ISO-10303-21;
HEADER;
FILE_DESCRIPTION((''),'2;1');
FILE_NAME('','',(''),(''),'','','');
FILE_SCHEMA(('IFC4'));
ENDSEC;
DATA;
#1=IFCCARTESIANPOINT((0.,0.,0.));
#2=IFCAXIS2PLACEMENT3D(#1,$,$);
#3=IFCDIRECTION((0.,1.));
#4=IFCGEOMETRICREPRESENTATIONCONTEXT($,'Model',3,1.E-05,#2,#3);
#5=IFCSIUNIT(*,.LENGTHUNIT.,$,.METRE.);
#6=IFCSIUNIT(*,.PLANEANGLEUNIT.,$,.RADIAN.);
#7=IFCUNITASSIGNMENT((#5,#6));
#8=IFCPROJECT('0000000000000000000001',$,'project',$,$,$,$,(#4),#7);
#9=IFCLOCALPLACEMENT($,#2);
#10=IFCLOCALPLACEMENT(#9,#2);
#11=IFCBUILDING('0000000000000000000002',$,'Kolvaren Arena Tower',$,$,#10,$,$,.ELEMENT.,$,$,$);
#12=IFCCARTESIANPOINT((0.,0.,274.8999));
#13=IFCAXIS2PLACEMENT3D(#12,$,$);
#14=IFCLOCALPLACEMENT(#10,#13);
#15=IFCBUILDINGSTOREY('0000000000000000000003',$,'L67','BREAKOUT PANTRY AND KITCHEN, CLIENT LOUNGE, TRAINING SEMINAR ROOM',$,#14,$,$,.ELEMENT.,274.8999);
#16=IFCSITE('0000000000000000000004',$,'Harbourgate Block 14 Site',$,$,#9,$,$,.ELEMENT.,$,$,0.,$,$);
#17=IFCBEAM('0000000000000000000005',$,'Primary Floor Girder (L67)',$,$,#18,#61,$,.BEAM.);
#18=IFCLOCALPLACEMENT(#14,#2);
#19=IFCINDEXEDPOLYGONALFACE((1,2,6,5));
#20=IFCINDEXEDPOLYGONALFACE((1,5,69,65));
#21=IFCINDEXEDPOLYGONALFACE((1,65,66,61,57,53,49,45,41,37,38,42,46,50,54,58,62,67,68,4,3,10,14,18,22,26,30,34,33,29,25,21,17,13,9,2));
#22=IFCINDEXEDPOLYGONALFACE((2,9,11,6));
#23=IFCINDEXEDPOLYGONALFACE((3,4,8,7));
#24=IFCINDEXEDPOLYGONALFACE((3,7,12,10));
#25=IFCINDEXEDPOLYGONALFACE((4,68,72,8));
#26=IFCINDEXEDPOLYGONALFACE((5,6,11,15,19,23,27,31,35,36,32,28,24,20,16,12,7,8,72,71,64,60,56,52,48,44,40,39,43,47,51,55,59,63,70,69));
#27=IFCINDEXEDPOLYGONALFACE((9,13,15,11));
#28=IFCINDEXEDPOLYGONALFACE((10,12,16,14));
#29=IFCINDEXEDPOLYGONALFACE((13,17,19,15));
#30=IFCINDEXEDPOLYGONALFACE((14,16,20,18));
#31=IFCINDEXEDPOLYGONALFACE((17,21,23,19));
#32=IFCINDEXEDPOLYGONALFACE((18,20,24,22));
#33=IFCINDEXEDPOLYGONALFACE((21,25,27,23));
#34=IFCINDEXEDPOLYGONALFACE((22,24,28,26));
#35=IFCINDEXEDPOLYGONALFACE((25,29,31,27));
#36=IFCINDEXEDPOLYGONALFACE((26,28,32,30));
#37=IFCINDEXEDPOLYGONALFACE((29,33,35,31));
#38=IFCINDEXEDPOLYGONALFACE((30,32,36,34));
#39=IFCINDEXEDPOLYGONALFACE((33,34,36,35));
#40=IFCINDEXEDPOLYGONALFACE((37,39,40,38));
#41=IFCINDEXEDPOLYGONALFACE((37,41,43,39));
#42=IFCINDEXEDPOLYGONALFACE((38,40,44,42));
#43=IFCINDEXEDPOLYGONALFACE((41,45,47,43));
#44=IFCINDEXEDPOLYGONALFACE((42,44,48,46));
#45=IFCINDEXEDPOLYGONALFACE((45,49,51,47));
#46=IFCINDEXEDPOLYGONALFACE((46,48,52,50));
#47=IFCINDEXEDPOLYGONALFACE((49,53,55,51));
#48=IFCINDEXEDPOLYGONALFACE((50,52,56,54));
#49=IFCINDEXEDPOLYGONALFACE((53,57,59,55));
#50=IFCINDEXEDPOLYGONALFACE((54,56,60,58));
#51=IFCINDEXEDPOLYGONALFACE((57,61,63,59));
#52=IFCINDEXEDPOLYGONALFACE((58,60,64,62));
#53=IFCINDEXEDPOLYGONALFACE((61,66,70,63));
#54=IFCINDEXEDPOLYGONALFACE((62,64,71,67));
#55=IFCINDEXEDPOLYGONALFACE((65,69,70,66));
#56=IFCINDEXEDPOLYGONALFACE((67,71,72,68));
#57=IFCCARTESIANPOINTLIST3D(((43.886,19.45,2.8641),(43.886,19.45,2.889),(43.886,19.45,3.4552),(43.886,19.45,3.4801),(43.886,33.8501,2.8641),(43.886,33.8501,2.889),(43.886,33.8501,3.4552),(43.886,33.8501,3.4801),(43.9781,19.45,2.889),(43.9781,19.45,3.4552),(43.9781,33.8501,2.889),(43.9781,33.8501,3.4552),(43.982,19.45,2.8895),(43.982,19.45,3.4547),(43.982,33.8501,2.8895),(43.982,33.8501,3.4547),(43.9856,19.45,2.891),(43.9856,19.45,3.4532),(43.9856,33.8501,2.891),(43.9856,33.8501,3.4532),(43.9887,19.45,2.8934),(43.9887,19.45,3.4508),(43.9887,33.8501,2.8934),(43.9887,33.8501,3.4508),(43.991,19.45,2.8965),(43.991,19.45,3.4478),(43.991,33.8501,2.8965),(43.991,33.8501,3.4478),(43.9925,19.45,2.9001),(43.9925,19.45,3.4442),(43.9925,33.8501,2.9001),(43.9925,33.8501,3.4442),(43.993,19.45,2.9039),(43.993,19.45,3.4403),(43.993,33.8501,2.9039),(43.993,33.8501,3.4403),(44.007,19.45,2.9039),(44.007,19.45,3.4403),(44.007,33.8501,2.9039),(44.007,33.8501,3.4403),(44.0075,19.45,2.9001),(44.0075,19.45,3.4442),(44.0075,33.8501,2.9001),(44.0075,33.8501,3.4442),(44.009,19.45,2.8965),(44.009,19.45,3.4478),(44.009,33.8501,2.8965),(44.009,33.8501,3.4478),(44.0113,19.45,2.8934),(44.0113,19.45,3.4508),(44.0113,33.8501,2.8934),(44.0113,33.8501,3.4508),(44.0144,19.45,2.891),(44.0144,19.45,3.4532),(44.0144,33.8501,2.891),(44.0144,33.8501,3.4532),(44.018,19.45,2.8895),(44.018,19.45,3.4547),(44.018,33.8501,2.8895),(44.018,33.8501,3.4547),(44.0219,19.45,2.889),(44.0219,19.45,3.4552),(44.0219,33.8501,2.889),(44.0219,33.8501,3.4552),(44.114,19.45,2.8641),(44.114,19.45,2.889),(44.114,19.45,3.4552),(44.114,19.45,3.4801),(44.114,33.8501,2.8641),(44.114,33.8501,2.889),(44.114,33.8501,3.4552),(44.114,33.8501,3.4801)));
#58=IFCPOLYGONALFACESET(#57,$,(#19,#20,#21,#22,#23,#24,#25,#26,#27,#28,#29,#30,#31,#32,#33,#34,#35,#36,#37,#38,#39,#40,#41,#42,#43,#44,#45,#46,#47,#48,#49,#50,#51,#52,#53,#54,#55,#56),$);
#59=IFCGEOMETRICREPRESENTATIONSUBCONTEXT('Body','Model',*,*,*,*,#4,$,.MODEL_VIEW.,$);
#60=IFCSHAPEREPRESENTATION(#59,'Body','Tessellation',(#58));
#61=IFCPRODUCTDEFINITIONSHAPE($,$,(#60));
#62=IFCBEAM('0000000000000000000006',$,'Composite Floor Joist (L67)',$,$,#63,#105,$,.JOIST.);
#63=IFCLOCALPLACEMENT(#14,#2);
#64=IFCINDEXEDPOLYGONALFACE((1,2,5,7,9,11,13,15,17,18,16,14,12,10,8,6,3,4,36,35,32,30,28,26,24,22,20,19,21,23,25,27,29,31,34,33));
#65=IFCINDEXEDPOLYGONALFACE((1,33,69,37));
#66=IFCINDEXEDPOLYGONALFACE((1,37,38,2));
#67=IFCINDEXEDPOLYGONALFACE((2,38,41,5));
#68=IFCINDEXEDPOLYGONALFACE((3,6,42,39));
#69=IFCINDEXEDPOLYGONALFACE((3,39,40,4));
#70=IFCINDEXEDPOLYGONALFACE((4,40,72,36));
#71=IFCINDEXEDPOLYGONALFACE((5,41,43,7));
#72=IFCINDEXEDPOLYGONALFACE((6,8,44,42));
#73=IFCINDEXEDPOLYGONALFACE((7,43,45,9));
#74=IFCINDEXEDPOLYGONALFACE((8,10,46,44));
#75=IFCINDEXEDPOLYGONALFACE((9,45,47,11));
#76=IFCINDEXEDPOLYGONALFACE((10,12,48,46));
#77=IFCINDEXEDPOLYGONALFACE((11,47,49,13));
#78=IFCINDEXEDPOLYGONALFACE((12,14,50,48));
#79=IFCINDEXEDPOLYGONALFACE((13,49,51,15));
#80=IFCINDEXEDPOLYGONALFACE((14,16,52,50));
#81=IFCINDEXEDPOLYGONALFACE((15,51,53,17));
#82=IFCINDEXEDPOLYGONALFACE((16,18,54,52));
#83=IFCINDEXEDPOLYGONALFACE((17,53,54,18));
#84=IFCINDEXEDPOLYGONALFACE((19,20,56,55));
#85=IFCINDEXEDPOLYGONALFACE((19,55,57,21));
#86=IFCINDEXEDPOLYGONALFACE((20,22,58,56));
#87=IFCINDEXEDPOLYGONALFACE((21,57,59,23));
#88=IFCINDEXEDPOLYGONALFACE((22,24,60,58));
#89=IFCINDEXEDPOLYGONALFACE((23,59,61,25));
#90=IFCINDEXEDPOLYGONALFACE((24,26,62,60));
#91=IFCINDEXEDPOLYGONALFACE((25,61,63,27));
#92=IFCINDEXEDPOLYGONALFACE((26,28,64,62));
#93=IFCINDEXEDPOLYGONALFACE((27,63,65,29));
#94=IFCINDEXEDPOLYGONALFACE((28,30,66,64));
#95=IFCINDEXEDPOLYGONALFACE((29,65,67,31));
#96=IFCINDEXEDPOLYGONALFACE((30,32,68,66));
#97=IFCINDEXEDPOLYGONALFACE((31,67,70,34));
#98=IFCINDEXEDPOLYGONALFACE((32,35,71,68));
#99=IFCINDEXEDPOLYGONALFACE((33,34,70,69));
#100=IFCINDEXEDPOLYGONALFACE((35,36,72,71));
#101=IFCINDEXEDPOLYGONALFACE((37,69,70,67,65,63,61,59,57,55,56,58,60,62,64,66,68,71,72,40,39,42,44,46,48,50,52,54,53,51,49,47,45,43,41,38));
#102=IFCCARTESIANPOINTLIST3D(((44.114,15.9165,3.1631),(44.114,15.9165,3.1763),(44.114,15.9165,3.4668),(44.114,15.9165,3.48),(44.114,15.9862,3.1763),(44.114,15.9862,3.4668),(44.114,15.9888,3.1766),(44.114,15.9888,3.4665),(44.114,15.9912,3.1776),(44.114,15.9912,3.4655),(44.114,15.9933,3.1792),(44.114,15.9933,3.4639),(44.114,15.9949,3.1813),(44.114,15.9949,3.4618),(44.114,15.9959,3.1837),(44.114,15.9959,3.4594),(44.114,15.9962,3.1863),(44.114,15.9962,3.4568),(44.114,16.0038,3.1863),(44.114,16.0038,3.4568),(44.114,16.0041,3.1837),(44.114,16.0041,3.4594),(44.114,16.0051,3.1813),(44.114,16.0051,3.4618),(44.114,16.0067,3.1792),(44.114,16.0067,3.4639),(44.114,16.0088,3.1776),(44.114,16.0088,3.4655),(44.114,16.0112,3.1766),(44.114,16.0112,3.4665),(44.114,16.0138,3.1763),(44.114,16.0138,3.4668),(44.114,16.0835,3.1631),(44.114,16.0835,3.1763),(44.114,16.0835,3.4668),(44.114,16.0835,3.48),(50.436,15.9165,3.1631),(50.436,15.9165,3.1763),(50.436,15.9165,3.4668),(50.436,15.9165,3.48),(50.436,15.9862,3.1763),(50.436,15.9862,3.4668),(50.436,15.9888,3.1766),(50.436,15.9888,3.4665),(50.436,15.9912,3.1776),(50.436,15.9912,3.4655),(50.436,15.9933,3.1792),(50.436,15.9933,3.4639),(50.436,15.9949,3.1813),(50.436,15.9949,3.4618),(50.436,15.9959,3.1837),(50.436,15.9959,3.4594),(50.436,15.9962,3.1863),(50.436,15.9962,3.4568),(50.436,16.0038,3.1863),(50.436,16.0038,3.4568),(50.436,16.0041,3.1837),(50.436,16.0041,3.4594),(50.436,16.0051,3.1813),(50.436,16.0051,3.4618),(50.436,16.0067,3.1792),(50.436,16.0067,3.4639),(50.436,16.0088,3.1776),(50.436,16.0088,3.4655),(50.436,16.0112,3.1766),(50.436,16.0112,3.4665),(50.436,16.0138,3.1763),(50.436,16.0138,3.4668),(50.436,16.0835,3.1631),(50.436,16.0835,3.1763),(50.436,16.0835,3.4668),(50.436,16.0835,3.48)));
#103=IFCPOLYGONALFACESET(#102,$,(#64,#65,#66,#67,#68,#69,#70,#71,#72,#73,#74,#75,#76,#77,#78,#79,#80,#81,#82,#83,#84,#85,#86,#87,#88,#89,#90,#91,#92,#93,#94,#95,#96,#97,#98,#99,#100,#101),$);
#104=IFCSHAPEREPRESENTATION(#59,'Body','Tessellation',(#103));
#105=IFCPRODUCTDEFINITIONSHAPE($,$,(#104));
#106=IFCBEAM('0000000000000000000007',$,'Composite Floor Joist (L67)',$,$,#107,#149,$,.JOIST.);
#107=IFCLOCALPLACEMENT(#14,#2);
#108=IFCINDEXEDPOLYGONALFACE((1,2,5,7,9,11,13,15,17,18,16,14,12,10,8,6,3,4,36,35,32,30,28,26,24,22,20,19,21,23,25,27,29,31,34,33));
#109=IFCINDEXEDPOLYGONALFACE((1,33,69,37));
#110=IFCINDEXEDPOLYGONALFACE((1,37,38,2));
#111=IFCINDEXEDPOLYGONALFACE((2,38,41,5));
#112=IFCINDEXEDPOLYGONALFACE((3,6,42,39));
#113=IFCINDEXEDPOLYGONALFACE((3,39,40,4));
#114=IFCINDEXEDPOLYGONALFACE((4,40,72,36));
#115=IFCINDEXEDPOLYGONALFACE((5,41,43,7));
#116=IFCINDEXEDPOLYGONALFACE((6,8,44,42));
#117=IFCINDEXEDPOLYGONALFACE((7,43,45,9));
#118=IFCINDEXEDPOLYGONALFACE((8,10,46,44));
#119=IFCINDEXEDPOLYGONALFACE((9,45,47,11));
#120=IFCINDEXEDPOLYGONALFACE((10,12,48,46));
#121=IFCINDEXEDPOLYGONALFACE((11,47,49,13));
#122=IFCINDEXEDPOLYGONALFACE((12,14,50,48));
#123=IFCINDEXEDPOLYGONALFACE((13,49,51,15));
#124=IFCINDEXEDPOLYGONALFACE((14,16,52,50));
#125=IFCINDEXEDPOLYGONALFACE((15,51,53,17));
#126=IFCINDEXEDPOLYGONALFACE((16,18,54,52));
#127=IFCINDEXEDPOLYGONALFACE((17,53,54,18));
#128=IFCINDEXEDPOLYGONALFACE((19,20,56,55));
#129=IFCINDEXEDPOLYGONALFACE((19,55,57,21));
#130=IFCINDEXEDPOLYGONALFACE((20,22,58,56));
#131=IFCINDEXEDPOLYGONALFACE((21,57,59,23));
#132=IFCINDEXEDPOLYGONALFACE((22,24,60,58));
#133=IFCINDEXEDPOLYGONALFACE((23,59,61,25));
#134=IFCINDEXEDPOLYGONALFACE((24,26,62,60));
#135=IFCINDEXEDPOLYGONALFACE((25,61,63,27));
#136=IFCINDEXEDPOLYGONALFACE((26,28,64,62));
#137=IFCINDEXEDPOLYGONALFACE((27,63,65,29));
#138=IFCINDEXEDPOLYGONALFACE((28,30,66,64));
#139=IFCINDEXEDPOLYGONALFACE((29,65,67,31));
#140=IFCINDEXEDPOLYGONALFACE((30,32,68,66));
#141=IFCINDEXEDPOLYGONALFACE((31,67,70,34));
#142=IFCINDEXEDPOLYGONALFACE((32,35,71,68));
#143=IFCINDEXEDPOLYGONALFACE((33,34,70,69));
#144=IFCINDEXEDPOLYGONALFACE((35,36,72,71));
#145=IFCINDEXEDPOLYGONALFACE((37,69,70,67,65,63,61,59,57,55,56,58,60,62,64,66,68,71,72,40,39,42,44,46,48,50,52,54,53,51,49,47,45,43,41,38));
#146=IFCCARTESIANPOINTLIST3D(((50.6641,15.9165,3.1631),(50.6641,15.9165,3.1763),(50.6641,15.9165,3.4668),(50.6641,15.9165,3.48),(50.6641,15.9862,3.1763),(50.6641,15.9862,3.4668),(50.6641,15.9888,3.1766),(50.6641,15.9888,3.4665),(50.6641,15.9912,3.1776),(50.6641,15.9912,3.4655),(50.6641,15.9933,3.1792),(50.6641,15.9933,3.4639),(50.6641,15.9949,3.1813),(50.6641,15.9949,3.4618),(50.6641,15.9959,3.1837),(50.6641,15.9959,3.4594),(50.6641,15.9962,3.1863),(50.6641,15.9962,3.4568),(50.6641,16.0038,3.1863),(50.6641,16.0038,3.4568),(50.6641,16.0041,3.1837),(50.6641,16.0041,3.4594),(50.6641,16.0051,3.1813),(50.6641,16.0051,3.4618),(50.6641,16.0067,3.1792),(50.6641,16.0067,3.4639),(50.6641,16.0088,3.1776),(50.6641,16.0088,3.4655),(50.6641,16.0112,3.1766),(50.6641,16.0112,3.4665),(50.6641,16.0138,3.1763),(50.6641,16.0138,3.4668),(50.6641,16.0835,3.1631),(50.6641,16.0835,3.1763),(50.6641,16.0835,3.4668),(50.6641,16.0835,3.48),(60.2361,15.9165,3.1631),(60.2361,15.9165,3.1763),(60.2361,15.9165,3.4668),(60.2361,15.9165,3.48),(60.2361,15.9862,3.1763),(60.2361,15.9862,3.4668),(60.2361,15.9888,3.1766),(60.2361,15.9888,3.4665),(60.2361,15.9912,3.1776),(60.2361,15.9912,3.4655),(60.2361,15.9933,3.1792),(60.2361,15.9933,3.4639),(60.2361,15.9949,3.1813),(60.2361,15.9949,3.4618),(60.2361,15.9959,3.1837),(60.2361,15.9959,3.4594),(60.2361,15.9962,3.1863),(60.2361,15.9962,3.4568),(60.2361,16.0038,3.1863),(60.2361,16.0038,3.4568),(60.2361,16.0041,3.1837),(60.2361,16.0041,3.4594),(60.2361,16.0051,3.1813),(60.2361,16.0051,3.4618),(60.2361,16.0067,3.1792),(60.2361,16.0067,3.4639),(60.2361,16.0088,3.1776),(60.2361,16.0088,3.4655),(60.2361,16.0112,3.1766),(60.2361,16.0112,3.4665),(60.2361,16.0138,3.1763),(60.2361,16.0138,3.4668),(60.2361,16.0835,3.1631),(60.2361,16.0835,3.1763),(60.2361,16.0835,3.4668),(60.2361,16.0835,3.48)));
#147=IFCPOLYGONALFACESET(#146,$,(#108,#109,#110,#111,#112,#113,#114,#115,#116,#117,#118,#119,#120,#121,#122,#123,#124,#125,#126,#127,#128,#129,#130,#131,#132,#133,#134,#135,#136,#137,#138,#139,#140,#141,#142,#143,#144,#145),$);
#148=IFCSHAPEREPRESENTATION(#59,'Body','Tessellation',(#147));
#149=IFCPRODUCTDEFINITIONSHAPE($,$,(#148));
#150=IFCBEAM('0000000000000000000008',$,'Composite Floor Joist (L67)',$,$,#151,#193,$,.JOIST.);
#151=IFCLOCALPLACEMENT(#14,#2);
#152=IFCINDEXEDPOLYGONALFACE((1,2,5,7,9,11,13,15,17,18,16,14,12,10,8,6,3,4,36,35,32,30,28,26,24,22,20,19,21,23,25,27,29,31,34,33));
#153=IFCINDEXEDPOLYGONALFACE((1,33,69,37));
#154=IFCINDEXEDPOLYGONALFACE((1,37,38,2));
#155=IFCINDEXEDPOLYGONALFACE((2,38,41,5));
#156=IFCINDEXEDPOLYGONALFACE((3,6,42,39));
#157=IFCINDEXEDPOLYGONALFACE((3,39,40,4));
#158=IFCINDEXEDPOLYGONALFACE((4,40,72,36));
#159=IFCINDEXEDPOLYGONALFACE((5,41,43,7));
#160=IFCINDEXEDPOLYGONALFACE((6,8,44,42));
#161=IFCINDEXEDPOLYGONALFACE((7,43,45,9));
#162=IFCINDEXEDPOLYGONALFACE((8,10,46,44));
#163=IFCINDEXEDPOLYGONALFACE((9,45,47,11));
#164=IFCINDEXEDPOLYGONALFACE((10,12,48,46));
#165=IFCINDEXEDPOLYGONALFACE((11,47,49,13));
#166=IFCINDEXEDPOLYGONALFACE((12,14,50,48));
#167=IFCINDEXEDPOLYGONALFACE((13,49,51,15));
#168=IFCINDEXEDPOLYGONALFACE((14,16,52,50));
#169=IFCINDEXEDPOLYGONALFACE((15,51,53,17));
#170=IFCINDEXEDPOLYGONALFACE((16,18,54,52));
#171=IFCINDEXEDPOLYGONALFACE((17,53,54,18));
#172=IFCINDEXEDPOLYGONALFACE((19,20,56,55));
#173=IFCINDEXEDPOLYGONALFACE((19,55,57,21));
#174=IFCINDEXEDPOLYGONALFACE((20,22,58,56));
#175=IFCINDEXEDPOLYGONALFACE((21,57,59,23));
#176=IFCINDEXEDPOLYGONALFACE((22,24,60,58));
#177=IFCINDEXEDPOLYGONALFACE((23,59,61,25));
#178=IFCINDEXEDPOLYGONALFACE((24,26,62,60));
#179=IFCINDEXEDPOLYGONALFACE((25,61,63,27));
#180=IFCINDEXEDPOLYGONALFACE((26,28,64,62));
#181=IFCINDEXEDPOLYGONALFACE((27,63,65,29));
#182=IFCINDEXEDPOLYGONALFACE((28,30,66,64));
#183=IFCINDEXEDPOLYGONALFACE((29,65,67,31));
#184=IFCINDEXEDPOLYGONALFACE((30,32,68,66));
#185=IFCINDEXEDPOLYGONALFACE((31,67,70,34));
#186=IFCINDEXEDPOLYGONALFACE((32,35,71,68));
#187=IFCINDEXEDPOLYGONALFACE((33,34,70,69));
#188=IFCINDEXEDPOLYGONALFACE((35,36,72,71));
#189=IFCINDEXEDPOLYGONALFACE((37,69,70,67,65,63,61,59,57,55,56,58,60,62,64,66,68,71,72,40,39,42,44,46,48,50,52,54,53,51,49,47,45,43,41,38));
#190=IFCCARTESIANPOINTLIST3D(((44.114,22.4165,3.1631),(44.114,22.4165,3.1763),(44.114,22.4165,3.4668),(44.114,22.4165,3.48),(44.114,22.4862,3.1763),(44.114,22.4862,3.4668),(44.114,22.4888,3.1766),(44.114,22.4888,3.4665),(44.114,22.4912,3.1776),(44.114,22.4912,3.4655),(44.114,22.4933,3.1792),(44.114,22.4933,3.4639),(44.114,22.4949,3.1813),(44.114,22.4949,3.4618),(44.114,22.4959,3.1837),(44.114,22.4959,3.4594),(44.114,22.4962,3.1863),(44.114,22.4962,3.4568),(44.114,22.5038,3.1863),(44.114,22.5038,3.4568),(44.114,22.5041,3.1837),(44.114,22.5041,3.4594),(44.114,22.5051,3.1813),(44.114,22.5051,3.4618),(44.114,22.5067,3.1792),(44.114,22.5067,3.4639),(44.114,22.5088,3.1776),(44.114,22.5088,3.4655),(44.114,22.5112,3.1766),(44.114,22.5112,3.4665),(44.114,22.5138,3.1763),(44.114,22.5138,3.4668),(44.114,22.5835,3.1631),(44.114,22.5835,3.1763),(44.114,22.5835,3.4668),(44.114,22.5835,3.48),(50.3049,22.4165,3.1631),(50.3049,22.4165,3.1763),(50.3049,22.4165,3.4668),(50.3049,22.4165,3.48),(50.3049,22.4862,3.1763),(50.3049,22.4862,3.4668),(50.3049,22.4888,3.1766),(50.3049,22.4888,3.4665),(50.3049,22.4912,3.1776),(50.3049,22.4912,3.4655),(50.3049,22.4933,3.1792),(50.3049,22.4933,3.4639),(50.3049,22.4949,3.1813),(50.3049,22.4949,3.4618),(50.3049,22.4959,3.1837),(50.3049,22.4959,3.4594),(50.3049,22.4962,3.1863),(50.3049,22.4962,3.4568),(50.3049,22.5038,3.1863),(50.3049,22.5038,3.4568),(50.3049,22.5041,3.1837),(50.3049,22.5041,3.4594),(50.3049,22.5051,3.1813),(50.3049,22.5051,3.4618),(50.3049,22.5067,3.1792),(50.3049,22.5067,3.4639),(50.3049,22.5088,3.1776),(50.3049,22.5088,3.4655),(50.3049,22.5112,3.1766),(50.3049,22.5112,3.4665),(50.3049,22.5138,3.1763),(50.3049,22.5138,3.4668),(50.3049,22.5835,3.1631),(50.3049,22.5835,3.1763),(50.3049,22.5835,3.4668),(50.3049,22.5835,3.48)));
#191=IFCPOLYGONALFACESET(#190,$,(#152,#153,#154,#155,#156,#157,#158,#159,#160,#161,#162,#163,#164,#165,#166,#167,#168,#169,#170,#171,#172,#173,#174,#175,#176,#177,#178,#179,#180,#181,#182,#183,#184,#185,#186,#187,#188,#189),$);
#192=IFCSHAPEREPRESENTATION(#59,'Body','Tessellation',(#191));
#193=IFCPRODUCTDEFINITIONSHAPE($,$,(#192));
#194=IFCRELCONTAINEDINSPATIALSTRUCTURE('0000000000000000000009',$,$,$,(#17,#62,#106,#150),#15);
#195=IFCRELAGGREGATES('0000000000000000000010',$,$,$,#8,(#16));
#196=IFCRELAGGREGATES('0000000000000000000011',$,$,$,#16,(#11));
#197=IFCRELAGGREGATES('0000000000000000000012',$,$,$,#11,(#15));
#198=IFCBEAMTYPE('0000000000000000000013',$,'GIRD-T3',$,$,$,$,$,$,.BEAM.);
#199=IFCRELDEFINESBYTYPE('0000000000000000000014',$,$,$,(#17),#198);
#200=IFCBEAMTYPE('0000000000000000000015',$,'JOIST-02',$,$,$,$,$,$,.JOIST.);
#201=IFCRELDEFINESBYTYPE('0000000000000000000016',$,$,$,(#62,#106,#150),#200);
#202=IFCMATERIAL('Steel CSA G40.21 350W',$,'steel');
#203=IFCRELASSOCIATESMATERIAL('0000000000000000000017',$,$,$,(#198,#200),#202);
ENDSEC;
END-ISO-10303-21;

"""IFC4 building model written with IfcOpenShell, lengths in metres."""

from ifc_helpers import new_model, si_unit, direction, frame, origin, origin_2d, place, context, subcontext, project, spatial, i_section, extrude, material, material_profile, profile_set, type_object, element, save


model = new_model("IFC4")

# Units and contexts
model_context = context("Model", 3, precision=1e-05, world=origin(), true_north=direction((0.0, 1.0)))
body_context = subcontext(model_context, "Body", "Model", "MODEL_VIEW")
ifc_project = project(units=[si_unit("LENGTHUNIT", "METRE"), si_unit("PLANEANGLEUNIT", "RADIAN")], contexts=[model_context])

# Site, building, storey
site_placement = place(None, origin())
site = spatial("IfcSite", under=ifc_project, at=site_placement, Name="Harbourgate Block 14 Site", CompositionType="ELEMENT", RefElevation=0.0)
building_placement = place(site_placement, origin())
building = spatial("IfcBuilding", under=site, at=building_placement, Name="Kolvaren Arena Tower", CompositionType="ELEMENT")
storey_placement = place(building_placement, frame((0.0, 0.0, 274.8999)))
storey = spatial("IfcBuildingStorey", under=building, at=storey_placement, Name="L67", Description="BREAKOUT PANTRY AND KITCHEN, CLIENT LOUNGE, TRAINING SEMINAR ROOM", CompositionType="ELEMENT", Elevation=274.8999)

# Beams
ifc_material_1 = material(Name="Steel CSA G40.21 350W", Category="steel")
ifc_material_profile_1 = material_profile(ifc_material_1, i_section(OverallWidth=0.228, OverallDepth=0.616, WebThickness=0.0139, FlangeThickness=0.0249, FilletRadius=0.0149, at=origin_2d()), Name="W610x174")
ifc_profile_set_1 = profile_set([ifc_material_profile_1], Name="Steel CSA G40.21 350W")
beam_type_1 = type_object("IfcBeamType", Name="GIRD-T3", PredefinedType="BEAM", material=ifc_profile_set_1)
beam_1_placement = place(storey_placement, frame((44.0, 19.45, 3.1721), z_axis=(0.0, 1.0, 0.0), x_axis=(-1.0, 0.0, 0.0)))
element("IfcBeam", 1, at=beam_1_placement, inside=storey, type_object=beam_type_1, Name="Primary Floor Girder (L67)", PredefinedType="BEAM", context=body_context, shape_type="SweptSolid", body=[
    extrude(i_section(OverallWidth=0.228, OverallDepth=0.616, WebThickness=0.0139, FlangeThickness=0.0249, FilletRadius=0.0149, at=origin_2d()), origin(), (0.0, 0.0, 1.0), 14.4001),
])
ifc_material_profile_2 = material_profile(ifc_material_1, i_section(OverallWidth=0.167, OverallDepth=0.3169, WebThickness=0.0076, FlangeThickness=0.0132, FilletRadius=0.01, at=origin_2d()), Name="W310x52")
ifc_profile_set_2 = profile_set([ifc_material_profile_2], Name="Steel CSA G40.21 350W")
beam_type_2 = type_object("IfcBeamType", Name="JOIST-02", PredefinedType="JOIST", material=ifc_profile_set_2)
beam_2_placement = place(storey_placement, frame((44.114, 16.0, 3.3215), z_axis=(1.0, 0.0, 0.0), x_axis=(0.0, 1.0, 0.0)))
element("IfcBeam", 2, at=beam_2_placement, inside=storey, type_object=beam_type_2, Name="Composite Floor Joist (L67)", PredefinedType="JOIST", context=body_context, shape_type="SweptSolid", body=[
    extrude(i_section(OverallWidth=0.167, OverallDepth=0.3169, WebThickness=0.0076, FlangeThickness=0.0132, FilletRadius=0.01, at=origin_2d()), origin(), (0.0, 0.0, 1.0), 6.322),
])
beam_3_placement = place(storey_placement, frame((50.6641, 16.0, 3.3215), z_axis=(1.0, 0.0, 0.0), x_axis=(0.0, 1.0, 0.0)))
element("IfcBeam", 3, at=beam_3_placement, inside=storey, type_object=beam_type_2, Name="Composite Floor Joist (L67)", PredefinedType="JOIST", context=body_context, shape_type="SweptSolid", body=[
    extrude(i_section(OverallWidth=0.167, OverallDepth=0.3169, WebThickness=0.0076, FlangeThickness=0.0132, FilletRadius=0.01, at=origin_2d()), origin(), (0.0, 0.0, 1.0), 9.572),
])
for number, where, z_axis, x_axis, name in (
    (4, (44.114, 22.5, 3.3215), (1.0, 0.0, 0.0), (0.0, 1.0, 0.0), "Composite Floor Joist (L67)"),
):
    element("IfcBeam", number, at=place(storey_placement, frame(where, z_axis=z_axis, x_axis=x_axis)), inside=storey, type_object=beam_type_2, Name=name, PredefinedType="JOIST", context=body_context, shape_type="SweptSolid", body=[
        extrude(i_section(OverallWidth=0.167, OverallDepth=0.3169, WebThickness=0.0076, FlangeThickness=0.0132, FilletRadius=0.01, at=origin_2d()), origin(), (0.0, 0.0, 1.0), 6.1909),
    ])

save(model, "model.ifc")
